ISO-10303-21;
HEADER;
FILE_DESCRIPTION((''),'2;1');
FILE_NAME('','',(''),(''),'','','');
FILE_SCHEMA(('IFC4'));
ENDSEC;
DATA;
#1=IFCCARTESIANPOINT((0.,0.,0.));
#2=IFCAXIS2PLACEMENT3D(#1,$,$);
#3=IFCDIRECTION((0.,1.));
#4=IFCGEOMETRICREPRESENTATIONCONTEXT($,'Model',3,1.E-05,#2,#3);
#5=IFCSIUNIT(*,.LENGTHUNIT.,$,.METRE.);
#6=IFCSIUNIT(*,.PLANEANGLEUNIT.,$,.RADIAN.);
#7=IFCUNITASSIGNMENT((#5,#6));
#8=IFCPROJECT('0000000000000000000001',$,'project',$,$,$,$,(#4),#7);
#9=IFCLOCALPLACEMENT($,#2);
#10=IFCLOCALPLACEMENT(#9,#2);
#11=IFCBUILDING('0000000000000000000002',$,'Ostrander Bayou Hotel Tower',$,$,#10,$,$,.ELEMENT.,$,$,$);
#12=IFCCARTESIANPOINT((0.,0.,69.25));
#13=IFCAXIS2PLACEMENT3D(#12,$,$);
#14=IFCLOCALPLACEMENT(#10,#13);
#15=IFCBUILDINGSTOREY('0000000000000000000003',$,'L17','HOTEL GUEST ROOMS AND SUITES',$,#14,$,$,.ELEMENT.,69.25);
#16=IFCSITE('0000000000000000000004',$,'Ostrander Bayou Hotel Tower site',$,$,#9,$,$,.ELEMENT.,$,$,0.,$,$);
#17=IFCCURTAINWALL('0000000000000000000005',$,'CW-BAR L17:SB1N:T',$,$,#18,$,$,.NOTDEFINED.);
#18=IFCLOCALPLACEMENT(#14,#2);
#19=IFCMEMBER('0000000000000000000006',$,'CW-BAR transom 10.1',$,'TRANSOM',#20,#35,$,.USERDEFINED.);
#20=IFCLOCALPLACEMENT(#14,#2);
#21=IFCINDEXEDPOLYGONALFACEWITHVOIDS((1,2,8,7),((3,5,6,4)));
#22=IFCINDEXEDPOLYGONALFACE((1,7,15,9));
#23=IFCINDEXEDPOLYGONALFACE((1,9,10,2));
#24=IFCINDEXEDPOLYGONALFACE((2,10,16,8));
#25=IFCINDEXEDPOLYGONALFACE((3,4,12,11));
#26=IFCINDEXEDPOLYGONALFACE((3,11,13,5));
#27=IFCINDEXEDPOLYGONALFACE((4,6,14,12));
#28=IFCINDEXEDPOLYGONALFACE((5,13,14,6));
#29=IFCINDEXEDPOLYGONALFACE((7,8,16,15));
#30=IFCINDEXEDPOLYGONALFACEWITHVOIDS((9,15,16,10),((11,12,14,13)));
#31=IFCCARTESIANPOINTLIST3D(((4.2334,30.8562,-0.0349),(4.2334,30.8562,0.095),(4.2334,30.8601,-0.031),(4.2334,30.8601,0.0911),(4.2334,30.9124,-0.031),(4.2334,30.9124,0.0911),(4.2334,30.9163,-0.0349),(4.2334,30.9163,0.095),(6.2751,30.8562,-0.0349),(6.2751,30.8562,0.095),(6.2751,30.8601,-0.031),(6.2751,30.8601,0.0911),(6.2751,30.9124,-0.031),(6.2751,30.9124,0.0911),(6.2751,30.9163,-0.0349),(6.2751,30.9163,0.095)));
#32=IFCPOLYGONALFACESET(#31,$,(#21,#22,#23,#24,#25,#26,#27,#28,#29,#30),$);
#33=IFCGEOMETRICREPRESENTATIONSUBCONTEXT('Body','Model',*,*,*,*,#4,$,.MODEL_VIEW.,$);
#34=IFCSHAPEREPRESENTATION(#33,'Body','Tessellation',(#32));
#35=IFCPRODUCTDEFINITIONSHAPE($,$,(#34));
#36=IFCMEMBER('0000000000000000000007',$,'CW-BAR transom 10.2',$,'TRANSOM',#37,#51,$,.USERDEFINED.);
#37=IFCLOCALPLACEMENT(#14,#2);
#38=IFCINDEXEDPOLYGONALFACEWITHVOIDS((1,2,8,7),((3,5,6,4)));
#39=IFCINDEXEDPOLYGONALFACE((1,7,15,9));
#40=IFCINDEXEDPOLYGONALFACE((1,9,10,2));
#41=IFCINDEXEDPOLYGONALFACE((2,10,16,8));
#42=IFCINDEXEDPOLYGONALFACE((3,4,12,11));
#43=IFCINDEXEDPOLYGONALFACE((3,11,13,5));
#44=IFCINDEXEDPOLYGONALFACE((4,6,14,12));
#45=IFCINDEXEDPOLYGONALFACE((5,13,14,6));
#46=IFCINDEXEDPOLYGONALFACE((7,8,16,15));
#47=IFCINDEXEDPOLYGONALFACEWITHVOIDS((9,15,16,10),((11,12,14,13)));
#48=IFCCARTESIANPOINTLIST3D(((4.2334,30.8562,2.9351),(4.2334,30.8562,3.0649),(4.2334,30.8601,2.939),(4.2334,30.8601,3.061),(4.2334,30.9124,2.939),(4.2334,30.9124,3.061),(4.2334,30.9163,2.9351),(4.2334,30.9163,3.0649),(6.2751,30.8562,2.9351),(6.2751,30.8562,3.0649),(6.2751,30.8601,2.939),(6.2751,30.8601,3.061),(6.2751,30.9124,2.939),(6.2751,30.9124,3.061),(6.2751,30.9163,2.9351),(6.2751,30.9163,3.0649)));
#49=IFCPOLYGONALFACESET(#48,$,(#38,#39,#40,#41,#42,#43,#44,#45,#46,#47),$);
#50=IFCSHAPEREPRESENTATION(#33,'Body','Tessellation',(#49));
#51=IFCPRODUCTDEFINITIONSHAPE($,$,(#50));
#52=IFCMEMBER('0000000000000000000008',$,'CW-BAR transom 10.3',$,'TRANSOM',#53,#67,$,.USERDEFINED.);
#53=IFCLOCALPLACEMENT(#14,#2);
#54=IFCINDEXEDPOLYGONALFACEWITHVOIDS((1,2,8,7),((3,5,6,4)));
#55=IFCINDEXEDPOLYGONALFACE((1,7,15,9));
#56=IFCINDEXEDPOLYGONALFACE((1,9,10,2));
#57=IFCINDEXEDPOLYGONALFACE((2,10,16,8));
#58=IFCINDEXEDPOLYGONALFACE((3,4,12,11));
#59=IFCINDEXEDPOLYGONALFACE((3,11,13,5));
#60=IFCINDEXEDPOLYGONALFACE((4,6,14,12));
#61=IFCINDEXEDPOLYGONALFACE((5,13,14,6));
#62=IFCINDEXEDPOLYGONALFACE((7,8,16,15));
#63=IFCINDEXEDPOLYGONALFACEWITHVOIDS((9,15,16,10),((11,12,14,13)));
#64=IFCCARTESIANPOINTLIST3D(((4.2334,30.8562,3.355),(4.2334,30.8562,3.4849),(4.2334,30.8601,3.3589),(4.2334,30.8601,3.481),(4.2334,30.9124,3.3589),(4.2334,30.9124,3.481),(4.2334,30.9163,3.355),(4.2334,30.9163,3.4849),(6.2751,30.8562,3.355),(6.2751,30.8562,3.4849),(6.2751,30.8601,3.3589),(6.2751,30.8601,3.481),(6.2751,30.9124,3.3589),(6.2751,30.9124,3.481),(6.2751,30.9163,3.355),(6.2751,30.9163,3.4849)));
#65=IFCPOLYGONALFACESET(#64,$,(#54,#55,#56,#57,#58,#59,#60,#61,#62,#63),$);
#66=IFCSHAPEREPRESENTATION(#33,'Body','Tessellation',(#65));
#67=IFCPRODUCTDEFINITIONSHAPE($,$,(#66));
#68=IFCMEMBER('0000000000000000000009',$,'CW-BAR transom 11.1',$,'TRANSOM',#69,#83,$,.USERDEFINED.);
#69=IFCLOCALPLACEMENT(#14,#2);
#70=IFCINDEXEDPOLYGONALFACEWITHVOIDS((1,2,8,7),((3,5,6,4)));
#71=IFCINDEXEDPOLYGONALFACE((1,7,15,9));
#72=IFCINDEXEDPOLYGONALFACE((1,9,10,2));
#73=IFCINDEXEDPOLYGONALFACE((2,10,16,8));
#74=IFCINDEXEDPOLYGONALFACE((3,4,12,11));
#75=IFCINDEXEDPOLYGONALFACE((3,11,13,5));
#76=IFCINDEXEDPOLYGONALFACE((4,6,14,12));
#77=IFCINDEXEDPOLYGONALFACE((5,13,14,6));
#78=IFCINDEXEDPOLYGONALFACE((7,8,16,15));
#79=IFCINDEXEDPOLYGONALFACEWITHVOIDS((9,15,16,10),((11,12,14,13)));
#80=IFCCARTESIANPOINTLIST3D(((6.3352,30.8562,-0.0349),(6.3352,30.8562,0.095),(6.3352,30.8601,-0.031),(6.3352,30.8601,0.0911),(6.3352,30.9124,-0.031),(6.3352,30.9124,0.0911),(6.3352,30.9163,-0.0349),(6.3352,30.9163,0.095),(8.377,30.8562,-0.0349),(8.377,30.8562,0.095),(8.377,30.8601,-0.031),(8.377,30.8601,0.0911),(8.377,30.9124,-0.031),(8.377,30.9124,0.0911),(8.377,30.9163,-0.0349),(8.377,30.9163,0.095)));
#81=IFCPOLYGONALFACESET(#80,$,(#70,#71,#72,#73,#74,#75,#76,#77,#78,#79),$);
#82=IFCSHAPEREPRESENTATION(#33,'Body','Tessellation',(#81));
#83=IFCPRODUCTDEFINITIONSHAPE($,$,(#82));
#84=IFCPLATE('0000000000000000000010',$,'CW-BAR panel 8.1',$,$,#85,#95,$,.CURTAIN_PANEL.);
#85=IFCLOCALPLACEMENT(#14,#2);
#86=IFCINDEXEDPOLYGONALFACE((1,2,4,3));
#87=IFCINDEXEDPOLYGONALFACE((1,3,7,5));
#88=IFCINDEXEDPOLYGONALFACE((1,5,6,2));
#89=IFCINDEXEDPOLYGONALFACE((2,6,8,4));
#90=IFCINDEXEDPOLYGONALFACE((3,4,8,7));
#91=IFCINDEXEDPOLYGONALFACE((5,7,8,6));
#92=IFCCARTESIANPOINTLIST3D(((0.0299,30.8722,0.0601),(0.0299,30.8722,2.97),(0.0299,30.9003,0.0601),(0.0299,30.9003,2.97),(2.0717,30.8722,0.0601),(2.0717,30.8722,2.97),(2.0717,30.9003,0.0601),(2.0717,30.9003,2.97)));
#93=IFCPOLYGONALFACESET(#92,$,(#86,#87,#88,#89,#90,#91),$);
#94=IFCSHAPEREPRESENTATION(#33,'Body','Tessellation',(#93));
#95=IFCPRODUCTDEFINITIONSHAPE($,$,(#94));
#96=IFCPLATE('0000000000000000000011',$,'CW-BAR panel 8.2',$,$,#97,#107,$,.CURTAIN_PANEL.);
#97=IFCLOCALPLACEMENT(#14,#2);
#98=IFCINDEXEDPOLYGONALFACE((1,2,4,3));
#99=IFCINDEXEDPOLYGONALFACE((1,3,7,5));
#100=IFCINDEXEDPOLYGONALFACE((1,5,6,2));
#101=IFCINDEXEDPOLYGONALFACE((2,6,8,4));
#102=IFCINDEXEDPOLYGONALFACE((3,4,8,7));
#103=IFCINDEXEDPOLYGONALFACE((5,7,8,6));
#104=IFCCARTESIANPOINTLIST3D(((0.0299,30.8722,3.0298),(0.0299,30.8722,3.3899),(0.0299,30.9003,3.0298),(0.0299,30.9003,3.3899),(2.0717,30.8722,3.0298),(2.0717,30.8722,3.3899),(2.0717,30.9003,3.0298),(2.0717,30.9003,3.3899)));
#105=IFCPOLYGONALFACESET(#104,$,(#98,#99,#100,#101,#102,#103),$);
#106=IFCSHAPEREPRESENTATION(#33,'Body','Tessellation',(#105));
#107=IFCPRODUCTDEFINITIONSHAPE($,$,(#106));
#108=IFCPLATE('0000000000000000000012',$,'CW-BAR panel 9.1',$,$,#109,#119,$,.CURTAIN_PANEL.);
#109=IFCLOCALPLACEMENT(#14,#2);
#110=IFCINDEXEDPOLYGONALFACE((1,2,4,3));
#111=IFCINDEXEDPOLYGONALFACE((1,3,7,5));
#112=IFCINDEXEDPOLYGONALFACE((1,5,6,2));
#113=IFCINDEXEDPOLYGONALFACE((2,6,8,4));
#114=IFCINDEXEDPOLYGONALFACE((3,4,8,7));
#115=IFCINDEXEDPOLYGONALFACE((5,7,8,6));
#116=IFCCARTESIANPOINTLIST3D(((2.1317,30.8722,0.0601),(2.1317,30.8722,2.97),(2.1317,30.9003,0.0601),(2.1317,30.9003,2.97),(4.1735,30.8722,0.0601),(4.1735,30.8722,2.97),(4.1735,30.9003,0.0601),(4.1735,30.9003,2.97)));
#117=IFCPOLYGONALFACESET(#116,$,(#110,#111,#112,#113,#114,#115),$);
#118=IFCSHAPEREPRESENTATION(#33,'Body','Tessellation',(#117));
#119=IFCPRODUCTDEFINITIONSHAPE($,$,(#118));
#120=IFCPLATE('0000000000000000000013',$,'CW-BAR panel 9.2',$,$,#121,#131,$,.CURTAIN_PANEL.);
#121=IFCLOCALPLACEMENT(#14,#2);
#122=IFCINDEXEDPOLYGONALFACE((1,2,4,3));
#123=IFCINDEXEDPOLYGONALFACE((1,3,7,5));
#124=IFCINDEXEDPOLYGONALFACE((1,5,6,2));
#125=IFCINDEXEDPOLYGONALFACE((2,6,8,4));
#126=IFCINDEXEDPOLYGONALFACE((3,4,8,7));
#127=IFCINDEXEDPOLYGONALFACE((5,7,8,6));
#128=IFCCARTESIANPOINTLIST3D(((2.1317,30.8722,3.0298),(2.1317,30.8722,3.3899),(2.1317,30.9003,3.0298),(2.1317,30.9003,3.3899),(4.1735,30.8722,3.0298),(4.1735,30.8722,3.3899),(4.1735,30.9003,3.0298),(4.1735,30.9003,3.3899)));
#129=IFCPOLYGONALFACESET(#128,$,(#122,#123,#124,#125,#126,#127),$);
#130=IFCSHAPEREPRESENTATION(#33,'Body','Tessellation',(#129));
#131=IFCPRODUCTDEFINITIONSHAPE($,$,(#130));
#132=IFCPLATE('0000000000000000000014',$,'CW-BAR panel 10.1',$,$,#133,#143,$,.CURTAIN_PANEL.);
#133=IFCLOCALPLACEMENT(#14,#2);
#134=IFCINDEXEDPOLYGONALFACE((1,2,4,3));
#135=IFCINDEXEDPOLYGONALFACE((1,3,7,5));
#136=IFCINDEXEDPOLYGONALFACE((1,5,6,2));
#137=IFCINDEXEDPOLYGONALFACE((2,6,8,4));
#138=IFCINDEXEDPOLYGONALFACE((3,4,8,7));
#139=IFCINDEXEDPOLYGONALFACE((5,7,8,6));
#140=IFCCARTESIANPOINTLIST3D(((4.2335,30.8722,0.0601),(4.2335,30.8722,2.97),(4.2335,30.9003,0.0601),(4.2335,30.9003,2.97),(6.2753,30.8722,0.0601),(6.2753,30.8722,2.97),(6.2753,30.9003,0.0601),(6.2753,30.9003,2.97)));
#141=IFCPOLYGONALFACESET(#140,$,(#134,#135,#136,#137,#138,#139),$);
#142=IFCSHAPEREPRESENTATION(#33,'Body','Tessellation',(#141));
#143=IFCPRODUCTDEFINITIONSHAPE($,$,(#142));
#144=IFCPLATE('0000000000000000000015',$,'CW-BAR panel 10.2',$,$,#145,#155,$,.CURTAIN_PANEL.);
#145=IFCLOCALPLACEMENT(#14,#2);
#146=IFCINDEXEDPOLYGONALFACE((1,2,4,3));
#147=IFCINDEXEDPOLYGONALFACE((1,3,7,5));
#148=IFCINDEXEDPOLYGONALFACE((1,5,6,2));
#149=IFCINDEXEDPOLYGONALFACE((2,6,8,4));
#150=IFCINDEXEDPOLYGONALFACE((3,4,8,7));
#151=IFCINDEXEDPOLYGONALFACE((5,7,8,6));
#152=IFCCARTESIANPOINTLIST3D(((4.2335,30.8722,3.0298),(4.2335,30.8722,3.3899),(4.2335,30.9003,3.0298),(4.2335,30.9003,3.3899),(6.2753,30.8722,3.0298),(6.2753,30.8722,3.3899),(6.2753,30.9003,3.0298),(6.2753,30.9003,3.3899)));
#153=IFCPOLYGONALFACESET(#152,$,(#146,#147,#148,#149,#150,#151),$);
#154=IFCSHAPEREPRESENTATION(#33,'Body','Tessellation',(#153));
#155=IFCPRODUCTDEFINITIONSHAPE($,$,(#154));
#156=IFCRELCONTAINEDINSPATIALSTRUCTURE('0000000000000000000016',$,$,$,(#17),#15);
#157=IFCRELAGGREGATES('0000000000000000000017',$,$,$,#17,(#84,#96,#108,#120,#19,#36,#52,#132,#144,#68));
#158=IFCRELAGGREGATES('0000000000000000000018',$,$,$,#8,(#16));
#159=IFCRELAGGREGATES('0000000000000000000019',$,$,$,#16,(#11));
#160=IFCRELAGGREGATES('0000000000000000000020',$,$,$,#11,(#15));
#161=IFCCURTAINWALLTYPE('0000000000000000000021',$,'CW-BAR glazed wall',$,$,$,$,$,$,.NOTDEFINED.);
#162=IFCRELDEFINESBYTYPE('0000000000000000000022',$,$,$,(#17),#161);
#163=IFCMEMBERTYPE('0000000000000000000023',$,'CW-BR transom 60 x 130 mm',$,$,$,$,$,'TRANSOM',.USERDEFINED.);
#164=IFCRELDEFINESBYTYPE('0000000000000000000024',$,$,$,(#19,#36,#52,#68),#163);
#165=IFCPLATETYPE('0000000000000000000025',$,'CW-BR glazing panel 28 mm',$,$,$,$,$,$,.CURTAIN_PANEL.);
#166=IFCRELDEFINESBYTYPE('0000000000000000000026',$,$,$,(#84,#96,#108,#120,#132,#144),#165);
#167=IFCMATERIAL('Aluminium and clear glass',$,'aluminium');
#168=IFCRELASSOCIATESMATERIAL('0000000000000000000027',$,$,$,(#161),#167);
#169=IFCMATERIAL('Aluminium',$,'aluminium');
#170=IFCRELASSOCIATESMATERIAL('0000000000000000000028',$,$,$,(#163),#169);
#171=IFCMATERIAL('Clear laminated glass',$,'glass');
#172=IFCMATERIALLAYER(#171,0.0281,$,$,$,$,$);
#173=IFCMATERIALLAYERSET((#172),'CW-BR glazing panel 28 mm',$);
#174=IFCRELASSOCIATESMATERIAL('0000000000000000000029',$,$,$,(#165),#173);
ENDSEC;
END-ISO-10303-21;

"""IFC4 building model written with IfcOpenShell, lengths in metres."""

from ifc_helpers import new_model, si_unit, direction, frame, origin, origin_2d, place, context, subcontext, project, spatial, rectangle, hollow_rectangle, extrude, material, layer, layer_set, material_profile, profile_set, type_object, element, aggregate, save


model = new_model("IFC4")

# Units and contexts
model_context = context("Model", 3, precision=1e-05, world=origin(), true_north=direction((0.0, 1.0)))
body_context = subcontext(model_context, "Body", "Model", "MODEL_VIEW")
ifc_project = project(units=[si_unit("LENGTHUNIT", "METRE"), si_unit("PLANEANGLEUNIT", "RADIAN")], contexts=[model_context])

# Site, building, storey
site_placement = place(None, origin())
site = spatial("IfcSite", under=ifc_project, at=site_placement, Name="Ostrander Bayou Hotel Tower site", CompositionType="ELEMENT", RefElevation=0.0)
building_placement = place(site_placement, origin())
building = spatial("IfcBuilding", under=site, at=building_placement, Name="Ostrander Bayou Hotel Tower", CompositionType="ELEMENT")
storey_placement = place(building_placement, frame((0.0, 0.0, 69.25)))
storey = spatial("IfcBuildingStorey", under=building, at=storey_placement, Name="L17", Description="HOTEL GUEST ROOMS AND SUITES", CompositionType="ELEMENT", Elevation=69.25)

# Curtain wall, members, plates
ifc_material_1 = material(Name="Aluminium and clear glass", Category="aluminium")
curtain_wall_type = type_object("IfcCurtainWallType", Name="CW-BAR glazed wall", PredefinedType="NOTDEFINED", material=ifc_material_1)
curtain_wall_placement = place(storey_placement, origin())
curtain_wall = element("IfcCurtainWall", 1, at=curtain_wall_placement, inside=storey, type_object=curtain_wall_type, Name="CW-BAR L17:SB1N:T", PredefinedType="NOTDEFINED")
ifc_material_2 = material(Name="Aluminium", Category="aluminium")
ifc_material_profile_1 = material_profile(ifc_material_2, hollow_rectangle(XDim=0.0601, YDim=0.1299, WallThickness=0.0039, at=origin_2d()))
ifc_profile_set_1 = profile_set([ifc_material_profile_1], Name="Aluminium")
member_type_1 = type_object("IfcMemberType", Name="CW-BR transom 60 x 130 mm", ElementType="TRANSOM", PredefinedType="USERDEFINED", material=ifc_profile_set_1)
member_1_placement = place(storey_placement, frame((4.2334, 30.8862, 0.03), z_axis=(1.0, 0.0, 0.0), x_axis=(0.0, 1.0, 0.0)))
member_1 = element("IfcMember", 2, at=member_1_placement, type_object=member_type_1, Name="CW-BAR transom 10.1", ObjectType="TRANSOM", PredefinedType="USERDEFINED", context=body_context, shape_type="SweptSolid", body=[
    extrude(hollow_rectangle(XDim=0.0601, YDim=0.1299, WallThickness=0.0039, at=origin_2d()), origin(), (0.0, 0.0, 1.0), 2.0417),
])
member_2_placement = place(storey_placement, frame((4.2334, 30.8862, 3.0), z_axis=(1.0, 0.0, 0.0), x_axis=(0.0, 1.0, 0.0)))
member_2 = element("IfcMember", 3, at=member_2_placement, type_object=member_type_1, Name="CW-BAR transom 10.2", ObjectType="TRANSOM", PredefinedType="USERDEFINED", context=body_context, shape_type="SweptSolid", body=[
    extrude(hollow_rectangle(XDim=0.0601, YDim=0.1299, WallThickness=0.0039, at=origin_2d()), origin(), (0.0, 0.0, 1.0), 2.0417),
])
member_3_placement = place(storey_placement, frame((4.2334, 30.8862, 3.4199), z_axis=(1.0, 0.0, 0.0), x_axis=(0.0, 1.0, 0.0)))
member_3 = element("IfcMember", 4, at=member_3_placement, type_object=member_type_1, Name="CW-BAR transom 10.3", ObjectType="TRANSOM", PredefinedType="USERDEFINED", context=body_context, shape_type="SweptSolid", body=[
    extrude(hollow_rectangle(XDim=0.0601, YDim=0.1299, WallThickness=0.0039, at=origin_2d()), origin(), (0.0, 0.0, 1.0), 2.0417),
])
member_4_placement = place(storey_placement, frame((6.3352, 30.8862, 0.03), z_axis=(1.0, 0.0, 0.0), x_axis=(0.0, 1.0, 0.0)))
member_4 = element("IfcMember", 5, at=member_4_placement, type_object=member_type_1, Name="CW-BAR transom 11.1", ObjectType="TRANSOM", PredefinedType="USERDEFINED", context=body_context, shape_type="SweptSolid", body=[
    extrude(hollow_rectangle(XDim=0.0601, YDim=0.1299, WallThickness=0.0039, at=origin_2d()), origin(), (0.0, 0.0, 1.0), 2.0417),
])
ifc_material_3 = material(Name="Clear laminated glass", Category="glass")
ifc_layer = layer(ifc_material_3, 0.0281)
ifc_layer_set = layer_set([ifc_layer], Name="CW-BR glazing panel 28 mm")
plate_type = type_object("IfcPlateType", Name="CW-BR glazing panel 28 mm", PredefinedType="CURTAIN_PANEL", material=ifc_layer_set)
plate_1_placement = place(storey_placement, frame((1.0508, 30.8862, 0.0601), z_axis=(0.0, 0.0, 1.0), x_axis=(1.0, 0.0, 0.0)))
plate_1 = element("IfcPlate", 6, at=plate_1_placement, type_object=plate_type, Name="CW-BAR panel 8.1", PredefinedType="CURTAIN_PANEL", context=body_context, shape_type="SweptSolid", body=[
    extrude(rectangle(XDim=2.0417, YDim=0.0281, at=origin_2d()), origin(), (0.0, 0.0, 1.0), 2.9099),
])
plate_2_placement = place(storey_placement, frame((1.0508, 30.8862, 3.0298), z_axis=(0.0, 0.0, 1.0), x_axis=(1.0, 0.0, 0.0)))
plate_2 = element("IfcPlate", 7, at=plate_2_placement, type_object=plate_type, Name="CW-BAR panel 8.2", PredefinedType="CURTAIN_PANEL", context=body_context, shape_type="SweptSolid", body=[
    extrude(rectangle(XDim=2.0417, YDim=0.0281, at=origin_2d()), origin(), (0.0, 0.0, 1.0), 0.3601),
])
plate_3_placement = place(storey_placement, frame((3.1526, 30.8862, 0.0601), z_axis=(0.0, 0.0, 1.0), x_axis=(1.0, 0.0, 0.0)))
plate_3 = element("IfcPlate", 8, at=plate_3_placement, type_object=plate_type, Name="CW-BAR panel 9.1", PredefinedType="CURTAIN_PANEL", context=body_context, shape_type="SweptSolid", body=[
    extrude(rectangle(XDim=2.0417, YDim=0.0281, at=origin_2d()), origin(), (0.0, 0.0, 1.0), 2.9099),
])
plate_4_placement = place(storey_placement, frame((3.1526, 30.8862, 3.0298), z_axis=(0.0, 0.0, 1.0), x_axis=(1.0, 0.0, 0.0)))
plate_4 = element("IfcPlate", 9, at=plate_4_placement, type_object=plate_type, Name="CW-BAR panel 9.2", PredefinedType="CURTAIN_PANEL", context=body_context, shape_type="SweptSolid", body=[
    extrude(rectangle(XDim=2.0417, YDim=0.0281, at=origin_2d()), origin(), (0.0, 0.0, 1.0), 0.3601),
])
plate_5_placement = place(storey_placement, frame((5.2544, 30.8862, 0.0601), z_axis=(0.0, 0.0, 1.0), x_axis=(1.0, 0.0, 0.0)))
plate_5 = element("IfcPlate", 10, at=plate_5_placement, type_object=plate_type, Name="CW-BAR panel 10.1", PredefinedType="CURTAIN_PANEL", context=body_context, shape_type="SweptSolid", body=[
    extrude(rectangle(XDim=2.0417, YDim=0.0281, at=origin_2d()), origin(), (0.0, 0.0, 1.0), 2.9099),
])
plate_6_placement = place(storey_placement, frame((5.2544, 30.8862, 3.0298), z_axis=(0.0, 0.0, 1.0), x_axis=(1.0, 0.0, 0.0)))
plate_6 = element("IfcPlate", 11, at=plate_6_placement, type_object=plate_type, Name="CW-BAR panel 10.2", PredefinedType="CURTAIN_PANEL", context=body_context, shape_type="SweptSolid", body=[
    extrude(rectangle(XDim=2.0417, YDim=0.0281, at=origin_2d()), origin(), (0.0, 0.0, 1.0), 0.3601),
])
aggregate(curtain_wall, [plate_1, plate_2, plate_3, plate_4, member_1, member_2, member_3, plate_5, plate_6, member_4])

save(model, "model.ifc")
